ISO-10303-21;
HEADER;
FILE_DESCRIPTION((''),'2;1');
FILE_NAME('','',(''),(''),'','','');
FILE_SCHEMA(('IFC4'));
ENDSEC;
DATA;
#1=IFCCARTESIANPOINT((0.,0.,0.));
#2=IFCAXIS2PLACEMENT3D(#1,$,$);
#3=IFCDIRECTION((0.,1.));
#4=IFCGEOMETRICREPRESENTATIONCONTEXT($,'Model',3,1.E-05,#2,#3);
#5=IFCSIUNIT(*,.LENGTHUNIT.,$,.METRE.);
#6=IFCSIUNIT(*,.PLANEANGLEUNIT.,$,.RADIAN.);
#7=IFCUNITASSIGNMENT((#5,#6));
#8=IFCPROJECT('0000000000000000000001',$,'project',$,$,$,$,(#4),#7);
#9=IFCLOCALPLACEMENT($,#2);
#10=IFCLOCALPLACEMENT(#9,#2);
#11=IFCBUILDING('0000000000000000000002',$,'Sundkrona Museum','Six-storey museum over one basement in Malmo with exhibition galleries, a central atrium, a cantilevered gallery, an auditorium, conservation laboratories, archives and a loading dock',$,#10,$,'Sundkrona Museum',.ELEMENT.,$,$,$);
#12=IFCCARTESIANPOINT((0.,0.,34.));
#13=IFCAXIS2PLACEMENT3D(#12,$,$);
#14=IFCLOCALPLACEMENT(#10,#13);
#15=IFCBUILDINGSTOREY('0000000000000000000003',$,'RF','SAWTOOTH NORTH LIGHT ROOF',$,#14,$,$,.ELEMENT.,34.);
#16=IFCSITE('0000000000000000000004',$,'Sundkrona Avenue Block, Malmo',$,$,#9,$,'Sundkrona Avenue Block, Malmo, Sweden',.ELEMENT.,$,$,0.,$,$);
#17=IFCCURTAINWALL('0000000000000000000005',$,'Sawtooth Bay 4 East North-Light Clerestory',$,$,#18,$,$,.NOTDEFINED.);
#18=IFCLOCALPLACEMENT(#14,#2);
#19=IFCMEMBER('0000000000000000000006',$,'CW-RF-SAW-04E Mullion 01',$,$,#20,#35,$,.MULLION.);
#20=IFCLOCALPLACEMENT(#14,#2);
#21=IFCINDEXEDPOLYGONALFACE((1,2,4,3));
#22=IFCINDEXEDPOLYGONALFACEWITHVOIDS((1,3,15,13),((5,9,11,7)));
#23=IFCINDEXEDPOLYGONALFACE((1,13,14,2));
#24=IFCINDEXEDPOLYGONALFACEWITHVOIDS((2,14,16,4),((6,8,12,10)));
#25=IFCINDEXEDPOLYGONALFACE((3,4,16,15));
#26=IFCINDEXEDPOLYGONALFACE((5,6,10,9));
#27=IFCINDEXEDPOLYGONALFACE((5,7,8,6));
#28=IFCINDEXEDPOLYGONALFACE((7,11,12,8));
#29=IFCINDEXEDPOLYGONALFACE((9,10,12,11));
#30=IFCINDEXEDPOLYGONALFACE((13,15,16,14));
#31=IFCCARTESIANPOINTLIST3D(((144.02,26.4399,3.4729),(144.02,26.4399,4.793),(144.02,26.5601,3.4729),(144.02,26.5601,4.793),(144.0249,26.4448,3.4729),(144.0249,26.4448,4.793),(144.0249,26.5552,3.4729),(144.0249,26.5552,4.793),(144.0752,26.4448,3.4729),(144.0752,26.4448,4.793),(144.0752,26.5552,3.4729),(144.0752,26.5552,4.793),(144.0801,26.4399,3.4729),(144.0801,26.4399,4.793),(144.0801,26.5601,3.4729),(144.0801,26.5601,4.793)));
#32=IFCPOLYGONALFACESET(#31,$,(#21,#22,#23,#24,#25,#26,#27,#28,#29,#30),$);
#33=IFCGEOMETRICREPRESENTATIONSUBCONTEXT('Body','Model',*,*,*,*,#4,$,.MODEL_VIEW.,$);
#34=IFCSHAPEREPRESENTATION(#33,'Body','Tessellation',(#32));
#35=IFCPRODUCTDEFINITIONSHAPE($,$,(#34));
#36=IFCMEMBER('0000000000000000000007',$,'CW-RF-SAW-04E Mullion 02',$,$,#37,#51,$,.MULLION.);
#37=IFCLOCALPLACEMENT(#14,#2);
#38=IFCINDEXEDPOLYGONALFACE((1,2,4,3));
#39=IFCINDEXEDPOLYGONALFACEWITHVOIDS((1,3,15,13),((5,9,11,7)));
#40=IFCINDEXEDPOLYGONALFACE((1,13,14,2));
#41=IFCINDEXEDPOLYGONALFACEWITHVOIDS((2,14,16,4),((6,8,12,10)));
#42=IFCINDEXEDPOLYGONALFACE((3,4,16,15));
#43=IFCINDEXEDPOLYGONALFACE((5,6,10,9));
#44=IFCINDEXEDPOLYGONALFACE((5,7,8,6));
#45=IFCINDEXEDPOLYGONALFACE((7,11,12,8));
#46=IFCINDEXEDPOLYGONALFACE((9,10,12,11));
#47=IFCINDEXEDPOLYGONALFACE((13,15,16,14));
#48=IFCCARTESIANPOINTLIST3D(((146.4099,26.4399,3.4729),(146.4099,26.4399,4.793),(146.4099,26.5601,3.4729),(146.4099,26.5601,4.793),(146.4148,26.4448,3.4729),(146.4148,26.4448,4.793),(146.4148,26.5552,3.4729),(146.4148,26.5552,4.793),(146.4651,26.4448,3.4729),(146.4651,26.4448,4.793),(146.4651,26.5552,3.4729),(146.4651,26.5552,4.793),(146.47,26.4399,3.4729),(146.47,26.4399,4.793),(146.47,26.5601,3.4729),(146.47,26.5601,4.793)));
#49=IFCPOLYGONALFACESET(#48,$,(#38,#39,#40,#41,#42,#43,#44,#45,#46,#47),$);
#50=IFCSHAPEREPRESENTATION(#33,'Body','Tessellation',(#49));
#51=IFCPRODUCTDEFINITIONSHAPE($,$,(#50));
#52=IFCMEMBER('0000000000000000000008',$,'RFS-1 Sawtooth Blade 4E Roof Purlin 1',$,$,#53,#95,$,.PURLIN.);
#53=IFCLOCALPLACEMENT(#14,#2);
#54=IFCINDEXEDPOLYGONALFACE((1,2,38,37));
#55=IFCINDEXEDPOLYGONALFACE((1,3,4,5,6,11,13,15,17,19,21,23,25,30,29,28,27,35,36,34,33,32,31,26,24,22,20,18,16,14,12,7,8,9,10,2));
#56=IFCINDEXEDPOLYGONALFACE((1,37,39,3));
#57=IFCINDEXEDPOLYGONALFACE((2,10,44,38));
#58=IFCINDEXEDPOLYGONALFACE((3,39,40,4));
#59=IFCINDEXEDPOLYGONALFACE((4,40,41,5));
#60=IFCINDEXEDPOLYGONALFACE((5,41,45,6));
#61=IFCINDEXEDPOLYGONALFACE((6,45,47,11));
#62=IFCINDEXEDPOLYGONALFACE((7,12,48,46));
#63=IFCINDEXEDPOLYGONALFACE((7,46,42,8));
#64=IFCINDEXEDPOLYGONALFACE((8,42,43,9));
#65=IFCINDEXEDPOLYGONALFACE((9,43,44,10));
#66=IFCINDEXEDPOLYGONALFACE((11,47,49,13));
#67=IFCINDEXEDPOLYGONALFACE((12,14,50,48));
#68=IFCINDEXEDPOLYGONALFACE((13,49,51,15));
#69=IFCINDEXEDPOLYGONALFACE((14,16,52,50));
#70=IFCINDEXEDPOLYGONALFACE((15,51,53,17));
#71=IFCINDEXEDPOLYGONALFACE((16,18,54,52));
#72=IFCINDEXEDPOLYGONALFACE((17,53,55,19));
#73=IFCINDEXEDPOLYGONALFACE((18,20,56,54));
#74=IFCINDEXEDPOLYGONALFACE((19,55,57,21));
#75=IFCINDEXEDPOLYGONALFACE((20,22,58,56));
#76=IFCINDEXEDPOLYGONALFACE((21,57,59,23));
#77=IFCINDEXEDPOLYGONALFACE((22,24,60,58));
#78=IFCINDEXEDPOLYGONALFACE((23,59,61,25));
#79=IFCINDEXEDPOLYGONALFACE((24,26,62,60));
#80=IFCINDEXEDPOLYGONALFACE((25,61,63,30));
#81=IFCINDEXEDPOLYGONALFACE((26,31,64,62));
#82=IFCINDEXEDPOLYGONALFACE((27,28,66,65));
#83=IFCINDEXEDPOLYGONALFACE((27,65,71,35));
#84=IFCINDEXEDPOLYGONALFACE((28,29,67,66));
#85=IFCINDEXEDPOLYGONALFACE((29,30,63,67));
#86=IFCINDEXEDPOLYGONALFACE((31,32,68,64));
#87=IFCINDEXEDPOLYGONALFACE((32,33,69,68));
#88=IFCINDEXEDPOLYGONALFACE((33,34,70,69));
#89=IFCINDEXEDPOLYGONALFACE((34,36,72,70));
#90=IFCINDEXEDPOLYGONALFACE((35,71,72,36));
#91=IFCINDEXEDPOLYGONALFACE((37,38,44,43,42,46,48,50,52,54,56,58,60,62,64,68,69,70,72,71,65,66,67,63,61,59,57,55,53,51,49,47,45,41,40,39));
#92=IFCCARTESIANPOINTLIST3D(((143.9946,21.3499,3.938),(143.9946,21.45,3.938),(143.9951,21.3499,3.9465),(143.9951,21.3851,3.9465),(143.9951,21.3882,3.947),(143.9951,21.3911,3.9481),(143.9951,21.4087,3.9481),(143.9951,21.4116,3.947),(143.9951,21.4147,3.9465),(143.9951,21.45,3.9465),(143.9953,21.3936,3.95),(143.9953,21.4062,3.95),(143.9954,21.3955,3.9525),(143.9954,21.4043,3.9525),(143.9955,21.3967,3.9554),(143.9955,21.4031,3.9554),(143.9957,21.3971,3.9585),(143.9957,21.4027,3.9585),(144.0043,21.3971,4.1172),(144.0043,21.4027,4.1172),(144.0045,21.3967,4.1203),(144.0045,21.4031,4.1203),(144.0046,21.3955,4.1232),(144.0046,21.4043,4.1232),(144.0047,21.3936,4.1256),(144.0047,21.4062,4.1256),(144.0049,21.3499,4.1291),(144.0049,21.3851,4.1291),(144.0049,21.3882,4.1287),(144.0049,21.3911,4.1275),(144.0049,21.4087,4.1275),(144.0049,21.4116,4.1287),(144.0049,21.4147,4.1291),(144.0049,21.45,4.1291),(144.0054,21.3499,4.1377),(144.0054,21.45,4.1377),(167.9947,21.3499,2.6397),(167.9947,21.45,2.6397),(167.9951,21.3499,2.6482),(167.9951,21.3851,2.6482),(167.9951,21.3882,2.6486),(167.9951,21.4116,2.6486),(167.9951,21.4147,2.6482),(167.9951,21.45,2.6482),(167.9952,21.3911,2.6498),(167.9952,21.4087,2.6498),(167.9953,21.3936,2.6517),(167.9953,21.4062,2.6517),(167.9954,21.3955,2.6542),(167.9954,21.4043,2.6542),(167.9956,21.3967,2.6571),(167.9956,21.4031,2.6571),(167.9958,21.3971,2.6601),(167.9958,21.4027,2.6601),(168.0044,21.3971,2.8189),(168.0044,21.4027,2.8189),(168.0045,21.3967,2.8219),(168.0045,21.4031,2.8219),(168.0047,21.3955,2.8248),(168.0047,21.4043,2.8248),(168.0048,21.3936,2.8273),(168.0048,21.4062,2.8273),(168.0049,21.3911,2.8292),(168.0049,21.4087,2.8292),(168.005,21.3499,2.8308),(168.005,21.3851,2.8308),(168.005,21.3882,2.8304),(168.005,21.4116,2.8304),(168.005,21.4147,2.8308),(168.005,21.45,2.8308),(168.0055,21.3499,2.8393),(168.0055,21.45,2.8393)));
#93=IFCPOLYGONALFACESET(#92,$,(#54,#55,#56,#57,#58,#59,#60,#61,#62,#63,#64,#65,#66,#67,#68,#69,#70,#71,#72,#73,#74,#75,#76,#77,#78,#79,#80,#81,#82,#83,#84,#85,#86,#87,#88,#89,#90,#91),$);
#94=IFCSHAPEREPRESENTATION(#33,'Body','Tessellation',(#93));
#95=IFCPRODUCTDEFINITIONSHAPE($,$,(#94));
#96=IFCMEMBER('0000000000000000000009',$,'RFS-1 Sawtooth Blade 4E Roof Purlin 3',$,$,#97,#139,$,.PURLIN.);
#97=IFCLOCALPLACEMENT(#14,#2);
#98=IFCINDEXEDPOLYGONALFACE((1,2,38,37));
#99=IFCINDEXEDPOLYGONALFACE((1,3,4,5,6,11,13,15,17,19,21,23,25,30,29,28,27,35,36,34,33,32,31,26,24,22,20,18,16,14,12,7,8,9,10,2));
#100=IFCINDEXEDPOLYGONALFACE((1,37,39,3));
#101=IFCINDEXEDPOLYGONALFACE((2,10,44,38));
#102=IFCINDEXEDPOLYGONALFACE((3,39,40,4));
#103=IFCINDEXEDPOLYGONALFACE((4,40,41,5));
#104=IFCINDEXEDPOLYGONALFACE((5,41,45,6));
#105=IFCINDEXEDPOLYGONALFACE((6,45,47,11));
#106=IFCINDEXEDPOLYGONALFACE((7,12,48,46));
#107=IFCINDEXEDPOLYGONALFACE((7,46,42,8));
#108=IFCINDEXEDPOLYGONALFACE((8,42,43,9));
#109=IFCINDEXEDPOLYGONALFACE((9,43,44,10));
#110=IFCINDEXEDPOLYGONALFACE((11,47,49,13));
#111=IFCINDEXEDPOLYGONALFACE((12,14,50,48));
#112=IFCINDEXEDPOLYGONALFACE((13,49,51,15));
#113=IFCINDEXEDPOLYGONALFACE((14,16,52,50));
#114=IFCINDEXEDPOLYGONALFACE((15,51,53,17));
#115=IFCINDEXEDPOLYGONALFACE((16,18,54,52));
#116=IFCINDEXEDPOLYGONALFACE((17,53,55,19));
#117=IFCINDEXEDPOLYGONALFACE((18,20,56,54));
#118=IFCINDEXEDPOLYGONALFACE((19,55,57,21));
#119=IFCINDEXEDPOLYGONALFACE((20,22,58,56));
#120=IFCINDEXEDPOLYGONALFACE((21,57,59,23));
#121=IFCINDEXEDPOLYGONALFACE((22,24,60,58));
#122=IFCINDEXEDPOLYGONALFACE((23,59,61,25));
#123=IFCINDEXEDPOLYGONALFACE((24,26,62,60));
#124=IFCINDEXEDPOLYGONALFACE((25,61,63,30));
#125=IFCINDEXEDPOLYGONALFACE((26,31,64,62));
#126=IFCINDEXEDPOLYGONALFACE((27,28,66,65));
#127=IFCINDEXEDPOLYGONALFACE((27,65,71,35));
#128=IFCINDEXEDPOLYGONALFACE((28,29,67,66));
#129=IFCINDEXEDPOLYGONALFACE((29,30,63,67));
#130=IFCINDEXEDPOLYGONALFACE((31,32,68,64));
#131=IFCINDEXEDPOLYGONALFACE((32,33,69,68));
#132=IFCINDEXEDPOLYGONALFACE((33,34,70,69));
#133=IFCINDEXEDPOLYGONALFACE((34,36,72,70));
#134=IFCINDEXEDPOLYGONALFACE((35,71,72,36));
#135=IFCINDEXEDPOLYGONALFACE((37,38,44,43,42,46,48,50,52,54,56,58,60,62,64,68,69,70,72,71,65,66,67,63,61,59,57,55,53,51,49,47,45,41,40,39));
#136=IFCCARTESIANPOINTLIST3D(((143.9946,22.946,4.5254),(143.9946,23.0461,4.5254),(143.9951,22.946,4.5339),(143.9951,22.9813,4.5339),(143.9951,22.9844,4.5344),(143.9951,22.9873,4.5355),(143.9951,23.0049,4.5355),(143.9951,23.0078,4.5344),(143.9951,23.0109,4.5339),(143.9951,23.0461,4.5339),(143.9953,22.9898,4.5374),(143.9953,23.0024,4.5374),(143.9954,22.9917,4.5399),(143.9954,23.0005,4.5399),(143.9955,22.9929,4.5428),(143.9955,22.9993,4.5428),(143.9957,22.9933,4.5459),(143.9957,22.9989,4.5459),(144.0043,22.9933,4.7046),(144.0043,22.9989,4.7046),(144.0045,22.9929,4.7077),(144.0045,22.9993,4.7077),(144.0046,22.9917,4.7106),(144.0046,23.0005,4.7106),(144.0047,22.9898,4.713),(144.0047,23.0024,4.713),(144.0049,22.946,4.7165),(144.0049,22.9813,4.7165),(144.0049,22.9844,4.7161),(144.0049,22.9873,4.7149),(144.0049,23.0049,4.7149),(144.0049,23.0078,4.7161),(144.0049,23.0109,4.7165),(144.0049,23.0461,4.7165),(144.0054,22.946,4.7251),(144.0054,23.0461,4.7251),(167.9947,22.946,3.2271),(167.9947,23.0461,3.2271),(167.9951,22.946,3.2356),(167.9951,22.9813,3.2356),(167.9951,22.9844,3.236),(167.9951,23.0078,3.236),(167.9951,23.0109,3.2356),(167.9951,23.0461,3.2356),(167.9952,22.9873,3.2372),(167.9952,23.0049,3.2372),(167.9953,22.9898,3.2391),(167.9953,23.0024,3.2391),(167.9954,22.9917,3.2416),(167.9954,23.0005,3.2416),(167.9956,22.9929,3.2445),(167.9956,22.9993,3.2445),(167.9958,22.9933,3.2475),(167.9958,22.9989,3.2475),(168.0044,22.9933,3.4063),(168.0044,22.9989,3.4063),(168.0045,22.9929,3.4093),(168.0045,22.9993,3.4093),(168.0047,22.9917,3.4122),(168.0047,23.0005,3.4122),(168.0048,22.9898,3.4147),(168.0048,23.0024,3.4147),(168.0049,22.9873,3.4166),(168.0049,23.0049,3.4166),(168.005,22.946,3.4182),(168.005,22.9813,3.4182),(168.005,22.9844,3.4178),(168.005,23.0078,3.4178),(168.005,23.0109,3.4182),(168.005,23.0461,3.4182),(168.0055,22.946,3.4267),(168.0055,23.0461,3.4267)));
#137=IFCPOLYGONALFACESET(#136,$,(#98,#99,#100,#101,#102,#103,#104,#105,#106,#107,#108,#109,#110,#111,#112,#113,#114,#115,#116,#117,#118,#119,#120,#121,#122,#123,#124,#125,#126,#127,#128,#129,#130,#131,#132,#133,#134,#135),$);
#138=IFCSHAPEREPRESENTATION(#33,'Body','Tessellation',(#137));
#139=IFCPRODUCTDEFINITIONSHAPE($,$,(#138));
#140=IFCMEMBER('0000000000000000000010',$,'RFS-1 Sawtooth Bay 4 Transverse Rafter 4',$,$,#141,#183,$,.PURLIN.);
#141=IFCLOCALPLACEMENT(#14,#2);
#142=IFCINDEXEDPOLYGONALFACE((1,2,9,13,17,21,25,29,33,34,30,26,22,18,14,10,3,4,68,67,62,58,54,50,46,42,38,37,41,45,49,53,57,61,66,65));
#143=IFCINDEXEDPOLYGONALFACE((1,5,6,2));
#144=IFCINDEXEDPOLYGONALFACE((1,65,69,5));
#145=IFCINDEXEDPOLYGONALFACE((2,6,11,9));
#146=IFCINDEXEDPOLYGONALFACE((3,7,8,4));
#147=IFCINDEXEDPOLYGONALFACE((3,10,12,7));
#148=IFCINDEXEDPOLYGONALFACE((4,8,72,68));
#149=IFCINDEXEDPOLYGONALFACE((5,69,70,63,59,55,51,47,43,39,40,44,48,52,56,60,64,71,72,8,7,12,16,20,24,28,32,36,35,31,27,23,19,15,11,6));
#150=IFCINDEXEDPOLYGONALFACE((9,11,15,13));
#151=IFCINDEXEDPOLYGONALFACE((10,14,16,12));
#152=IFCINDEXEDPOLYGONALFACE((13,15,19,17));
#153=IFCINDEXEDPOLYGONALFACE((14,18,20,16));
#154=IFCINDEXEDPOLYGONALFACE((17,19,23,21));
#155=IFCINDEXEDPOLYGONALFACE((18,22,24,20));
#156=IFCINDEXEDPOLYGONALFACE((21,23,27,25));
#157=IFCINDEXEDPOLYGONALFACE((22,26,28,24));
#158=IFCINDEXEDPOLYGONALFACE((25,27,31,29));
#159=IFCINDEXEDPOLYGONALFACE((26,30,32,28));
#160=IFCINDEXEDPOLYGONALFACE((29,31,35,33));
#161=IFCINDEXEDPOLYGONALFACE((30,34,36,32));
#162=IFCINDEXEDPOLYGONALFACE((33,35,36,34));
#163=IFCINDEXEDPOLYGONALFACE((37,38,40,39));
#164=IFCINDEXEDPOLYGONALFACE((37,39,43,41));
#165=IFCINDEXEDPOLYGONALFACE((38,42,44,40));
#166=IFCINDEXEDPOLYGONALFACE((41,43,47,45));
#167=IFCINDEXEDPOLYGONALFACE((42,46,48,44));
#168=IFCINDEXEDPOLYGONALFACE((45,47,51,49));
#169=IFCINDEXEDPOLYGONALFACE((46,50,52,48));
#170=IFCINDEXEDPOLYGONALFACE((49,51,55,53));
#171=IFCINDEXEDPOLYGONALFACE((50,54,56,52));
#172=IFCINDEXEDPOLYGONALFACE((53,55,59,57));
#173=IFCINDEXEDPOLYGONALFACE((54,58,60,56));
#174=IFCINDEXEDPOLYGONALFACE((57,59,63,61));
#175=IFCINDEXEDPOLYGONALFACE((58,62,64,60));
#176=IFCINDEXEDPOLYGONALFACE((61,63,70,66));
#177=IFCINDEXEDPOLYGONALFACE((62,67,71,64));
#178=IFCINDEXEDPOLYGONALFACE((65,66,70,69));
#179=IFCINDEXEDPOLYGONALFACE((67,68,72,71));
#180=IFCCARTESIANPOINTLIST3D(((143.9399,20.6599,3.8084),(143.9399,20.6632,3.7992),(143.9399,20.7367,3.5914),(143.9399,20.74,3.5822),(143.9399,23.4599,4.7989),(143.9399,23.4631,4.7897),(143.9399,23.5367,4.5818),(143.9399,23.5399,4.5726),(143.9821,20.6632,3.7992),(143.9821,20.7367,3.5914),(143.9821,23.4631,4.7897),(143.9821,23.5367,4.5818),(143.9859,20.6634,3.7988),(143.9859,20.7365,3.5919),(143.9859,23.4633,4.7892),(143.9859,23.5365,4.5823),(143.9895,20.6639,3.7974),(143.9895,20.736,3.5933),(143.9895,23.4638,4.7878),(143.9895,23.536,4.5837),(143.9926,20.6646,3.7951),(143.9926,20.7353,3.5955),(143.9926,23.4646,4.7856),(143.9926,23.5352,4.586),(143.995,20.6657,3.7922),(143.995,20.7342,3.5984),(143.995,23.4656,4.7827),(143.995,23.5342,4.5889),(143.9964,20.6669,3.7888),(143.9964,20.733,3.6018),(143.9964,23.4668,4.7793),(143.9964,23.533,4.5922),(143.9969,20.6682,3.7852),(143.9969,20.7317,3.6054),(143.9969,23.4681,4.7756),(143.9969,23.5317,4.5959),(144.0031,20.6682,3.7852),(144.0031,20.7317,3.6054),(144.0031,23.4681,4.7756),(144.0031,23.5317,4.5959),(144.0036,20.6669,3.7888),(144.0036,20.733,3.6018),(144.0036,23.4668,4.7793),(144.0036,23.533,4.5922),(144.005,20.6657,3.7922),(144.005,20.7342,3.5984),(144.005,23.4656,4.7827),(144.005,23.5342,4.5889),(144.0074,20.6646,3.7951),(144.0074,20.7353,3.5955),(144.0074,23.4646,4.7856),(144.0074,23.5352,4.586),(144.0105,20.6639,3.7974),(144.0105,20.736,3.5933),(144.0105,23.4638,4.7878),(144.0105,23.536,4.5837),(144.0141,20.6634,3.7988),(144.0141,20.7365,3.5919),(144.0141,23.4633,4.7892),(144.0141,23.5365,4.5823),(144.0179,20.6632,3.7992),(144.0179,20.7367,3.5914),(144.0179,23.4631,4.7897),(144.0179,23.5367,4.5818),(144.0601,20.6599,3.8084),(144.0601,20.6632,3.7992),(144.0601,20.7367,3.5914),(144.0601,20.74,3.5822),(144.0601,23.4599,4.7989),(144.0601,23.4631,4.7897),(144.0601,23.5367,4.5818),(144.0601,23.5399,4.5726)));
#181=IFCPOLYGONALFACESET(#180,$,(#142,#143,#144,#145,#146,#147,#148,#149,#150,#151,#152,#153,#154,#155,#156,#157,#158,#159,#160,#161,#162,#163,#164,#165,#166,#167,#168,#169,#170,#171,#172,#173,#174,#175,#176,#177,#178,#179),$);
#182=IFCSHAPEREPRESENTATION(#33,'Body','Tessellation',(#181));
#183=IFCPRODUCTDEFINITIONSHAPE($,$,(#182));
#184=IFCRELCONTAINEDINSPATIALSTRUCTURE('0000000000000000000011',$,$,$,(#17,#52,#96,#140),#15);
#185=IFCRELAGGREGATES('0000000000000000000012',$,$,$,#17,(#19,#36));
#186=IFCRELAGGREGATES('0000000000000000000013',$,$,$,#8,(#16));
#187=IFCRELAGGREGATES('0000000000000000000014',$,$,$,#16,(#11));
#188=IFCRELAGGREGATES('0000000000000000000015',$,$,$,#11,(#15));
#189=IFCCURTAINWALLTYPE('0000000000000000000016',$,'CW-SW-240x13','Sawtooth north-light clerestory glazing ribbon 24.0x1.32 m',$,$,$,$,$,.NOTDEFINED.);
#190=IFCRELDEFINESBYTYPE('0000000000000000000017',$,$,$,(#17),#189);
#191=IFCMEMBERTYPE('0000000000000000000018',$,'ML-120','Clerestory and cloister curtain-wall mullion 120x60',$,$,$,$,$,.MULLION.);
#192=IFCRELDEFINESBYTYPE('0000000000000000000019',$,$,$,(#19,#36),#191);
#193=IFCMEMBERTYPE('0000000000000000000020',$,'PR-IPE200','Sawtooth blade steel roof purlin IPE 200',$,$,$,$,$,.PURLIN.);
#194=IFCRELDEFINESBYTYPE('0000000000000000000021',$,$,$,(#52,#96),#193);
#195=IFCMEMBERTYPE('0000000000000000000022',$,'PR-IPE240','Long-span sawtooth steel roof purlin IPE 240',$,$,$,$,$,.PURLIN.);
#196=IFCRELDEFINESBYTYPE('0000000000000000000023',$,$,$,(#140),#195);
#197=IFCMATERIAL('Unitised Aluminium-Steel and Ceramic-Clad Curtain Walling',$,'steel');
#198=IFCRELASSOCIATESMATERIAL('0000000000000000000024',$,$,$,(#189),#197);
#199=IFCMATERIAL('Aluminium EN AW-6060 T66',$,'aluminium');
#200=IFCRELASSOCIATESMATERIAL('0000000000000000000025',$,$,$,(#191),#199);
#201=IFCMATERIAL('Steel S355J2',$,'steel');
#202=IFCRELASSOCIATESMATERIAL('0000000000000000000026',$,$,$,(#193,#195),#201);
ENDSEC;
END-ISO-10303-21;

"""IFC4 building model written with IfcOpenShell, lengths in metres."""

from ifc_helpers import new_model, si_unit, direction, frame, origin, origin_2d, place, context, subcontext, project, spatial, hollow_rectangle, i_section, extrude, material, material_profile, profile_set, type_object, element, aggregate, save


model = new_model("IFC4")

# Units and contexts
model_context = context("Model", 3, precision=1e-05, world=origin(), true_north=direction((0.0, 1.0)))
body_context = subcontext(model_context, "Body", "Model", "MODEL_VIEW")
ifc_project = project(units=[si_unit("LENGTHUNIT", "METRE"), si_unit("PLANEANGLEUNIT", "RADIAN")], contexts=[model_context])

# Site, building, storey
site_placement = place(None, origin())
site = spatial("IfcSite", under=ifc_project, at=site_placement, Name="Sundkrona Avenue Block, Malmo", LongName="Sundkrona Avenue Block, Malmo, Sweden", CompositionType="ELEMENT", RefElevation=0.0)
building_placement = place(site_placement, origin())
building = spatial("IfcBuilding", under=site, at=building_placement, Name="Sundkrona Museum", Description="Six-storey museum over one basement in Malmo with exhibition galleries, a central atrium, a cantilevered gallery, an auditorium, conservation laboratories, archives and a loading dock", LongName="Sundkrona Museum", CompositionType="ELEMENT")
storey_placement = place(building_placement, frame((0.0, 0.0, 34.0)))
storey = spatial("IfcBuildingStorey", under=building, at=storey_placement, Name="RF", Description="SAWTOOTH NORTH LIGHT ROOF", CompositionType="ELEMENT", Elevation=34.0)

# Curtain wall, members
ifc_material_1 = material(Name="Unitised Aluminium-Steel and Ceramic-Clad Curtain Walling", Category="steel")
curtain_wall_type = type_object("IfcCurtainWallType", Name="CW-SW-240x13", Description="Sawtooth north-light clerestory glazing ribbon 24.0x1.32 m", PredefinedType="NOTDEFINED", material=ifc_material_1)
curtain_wall_placement = place(storey_placement, origin())
curtain_wall = element("IfcCurtainWall", 1, at=curtain_wall_placement, inside=storey, type_object=curtain_wall_type, Name="Sawtooth Bay 4 East North-Light Clerestory", PredefinedType="NOTDEFINED")
ifc_material_2 = material(Name="Aluminium EN AW-6060 T66", Category="aluminium")
ifc_material_profile_1 = material_profile(ifc_material_2, hollow_rectangle(XDim=0.0601, YDim=0.1201, WallThickness=0.0049, at=origin_2d()), Name="RHS 120x60x5.0")
ifc_profile_set_1 = profile_set([ifc_material_profile_1], Name="Aluminium EN AW-6060 T66")
member_type_1 = type_object("IfcMemberType", Name="ML-120", Description="Clerestory and cloister curtain-wall mullion 120x60", PredefinedType="MULLION", material=ifc_profile_set_1)
member_1_placement = place(storey_placement, frame((144.05, 26.5, 3.4729), z_axis=(0.0, 0.0, 1.0), x_axis=(1.0, 0.0, 0.0)))
member_1 = element("IfcMember", 2, at=member_1_placement, type_object=member_type_1, Name="CW-RF-SAW-04E Mullion 01", PredefinedType="MULLION", context=body_context, shape_type="SweptSolid", body=[
    extrude(hollow_rectangle(XDim=0.0601, YDim=0.1201, WallThickness=0.0049, at=origin_2d()), origin(), (0.0, 0.0, 1.0), 1.3201),
])
member_2_placement = place(storey_placement, frame((146.4399, 26.5, 3.4729), z_axis=(0.0, 0.0, 1.0), x_axis=(1.0, 0.0, 0.0)))
member_2 = element("IfcMember", 3, at=member_2_placement, type_object=member_type_1, Name="CW-RF-SAW-04E Mullion 02", PredefinedType="MULLION", context=body_context, shape_type="SweptSolid", body=[
    extrude(hollow_rectangle(XDim=0.0601, YDim=0.1201, WallThickness=0.0049, at=origin_2d()), origin(), (0.0, 0.0, 1.0), 1.3201),
])

# Members
ifc_material_3 = material(Name="Steel S355J2", Category="steel")
ifc_material_profile_2 = material_profile(ifc_material_3, i_section(OverallWidth=0.1001, OverallDepth=0.2, WebThickness=0.0056, FlangeThickness=0.0085, FilletRadius=0.012, at=origin_2d()), Name="IPE 200")
ifc_profile_set_2 = profile_set([ifc_material_profile_2], Name="Steel S355J2")
member_type_2 = type_object("IfcMemberType", Name="PR-IPE200", Description="Sawtooth blade steel roof purlin IPE 200", PredefinedType="PURLIN", material=ifc_profile_set_2)
for number, where, z_axis, x_axis, name in (
    (4, (144.0, 21.3999, 4.0378), (0.99854, 0.0, -0.054019), (0.0, 1.0, 0.0), "RFS-1 Sawtooth Blade 4E Roof Purlin 1"),
    (5, (144.0, 22.9961, 4.6252), (0.99854, 0.0, -0.054019), (0.0, 1.0, 0.0), "RFS-1 Sawtooth Blade 4E Roof Purlin 3"),
):
    element("IfcMember", number, at=place(storey_placement, frame(where, z_axis=z_axis, x_axis=x_axis)), inside=storey, type_object=member_type_2, Name=name, PredefinedType="PURLIN", context=body_context, shape_type="SweptSolid", body=[
        extrude(i_section(OverallWidth=0.1001, OverallDepth=0.2, WebThickness=0.0056, FlangeThickness=0.0085, FilletRadius=0.012, at=origin_2d()), origin(), (0.0, 0.0, 1.0), 24.0352),
    ])
ifc_material_profile_3 = material_profile(ifc_material_3, i_section(OverallWidth=0.1201, OverallDepth=0.24, WebThickness=0.0061, FlangeThickness=0.0098, FilletRadius=0.0149, at=origin_2d()), Name="IPE 240")
ifc_profile_set_3 = profile_set([ifc_material_profile_3], Name="Steel S355J2")
member_type_3 = type_object("IfcMemberType", Name="PR-IPE240", Description="Long-span sawtooth steel roof purlin IPE 240", PredefinedType="PURLIN", material=ifc_profile_set_3)
member_3_placement = place(storey_placement, frame((144.0, 20.7, 3.6953), z_axis=(0.0, 0.942755, 0.333486), x_axis=(-1.0, 0.0, 0.0)))
element("IfcMember", 6, at=member_3_placement, inside=storey, type_object=member_type_3, Name="RFS-1 Sawtooth Bay 4 Transverse Rafter 4", PredefinedType="PURLIN", context=body_context, shape_type="SweptSolid", body=[
    extrude(i_section(OverallWidth=0.1201, OverallDepth=0.24, WebThickness=0.0061, FlangeThickness=0.0098, FilletRadius=0.0149, at=origin_2d()), origin(), (0.0, 0.0, 1.0), 2.97),
])

aggregate(curtain_wall, [member_1, member_2])

save(model, "model.ifc")
